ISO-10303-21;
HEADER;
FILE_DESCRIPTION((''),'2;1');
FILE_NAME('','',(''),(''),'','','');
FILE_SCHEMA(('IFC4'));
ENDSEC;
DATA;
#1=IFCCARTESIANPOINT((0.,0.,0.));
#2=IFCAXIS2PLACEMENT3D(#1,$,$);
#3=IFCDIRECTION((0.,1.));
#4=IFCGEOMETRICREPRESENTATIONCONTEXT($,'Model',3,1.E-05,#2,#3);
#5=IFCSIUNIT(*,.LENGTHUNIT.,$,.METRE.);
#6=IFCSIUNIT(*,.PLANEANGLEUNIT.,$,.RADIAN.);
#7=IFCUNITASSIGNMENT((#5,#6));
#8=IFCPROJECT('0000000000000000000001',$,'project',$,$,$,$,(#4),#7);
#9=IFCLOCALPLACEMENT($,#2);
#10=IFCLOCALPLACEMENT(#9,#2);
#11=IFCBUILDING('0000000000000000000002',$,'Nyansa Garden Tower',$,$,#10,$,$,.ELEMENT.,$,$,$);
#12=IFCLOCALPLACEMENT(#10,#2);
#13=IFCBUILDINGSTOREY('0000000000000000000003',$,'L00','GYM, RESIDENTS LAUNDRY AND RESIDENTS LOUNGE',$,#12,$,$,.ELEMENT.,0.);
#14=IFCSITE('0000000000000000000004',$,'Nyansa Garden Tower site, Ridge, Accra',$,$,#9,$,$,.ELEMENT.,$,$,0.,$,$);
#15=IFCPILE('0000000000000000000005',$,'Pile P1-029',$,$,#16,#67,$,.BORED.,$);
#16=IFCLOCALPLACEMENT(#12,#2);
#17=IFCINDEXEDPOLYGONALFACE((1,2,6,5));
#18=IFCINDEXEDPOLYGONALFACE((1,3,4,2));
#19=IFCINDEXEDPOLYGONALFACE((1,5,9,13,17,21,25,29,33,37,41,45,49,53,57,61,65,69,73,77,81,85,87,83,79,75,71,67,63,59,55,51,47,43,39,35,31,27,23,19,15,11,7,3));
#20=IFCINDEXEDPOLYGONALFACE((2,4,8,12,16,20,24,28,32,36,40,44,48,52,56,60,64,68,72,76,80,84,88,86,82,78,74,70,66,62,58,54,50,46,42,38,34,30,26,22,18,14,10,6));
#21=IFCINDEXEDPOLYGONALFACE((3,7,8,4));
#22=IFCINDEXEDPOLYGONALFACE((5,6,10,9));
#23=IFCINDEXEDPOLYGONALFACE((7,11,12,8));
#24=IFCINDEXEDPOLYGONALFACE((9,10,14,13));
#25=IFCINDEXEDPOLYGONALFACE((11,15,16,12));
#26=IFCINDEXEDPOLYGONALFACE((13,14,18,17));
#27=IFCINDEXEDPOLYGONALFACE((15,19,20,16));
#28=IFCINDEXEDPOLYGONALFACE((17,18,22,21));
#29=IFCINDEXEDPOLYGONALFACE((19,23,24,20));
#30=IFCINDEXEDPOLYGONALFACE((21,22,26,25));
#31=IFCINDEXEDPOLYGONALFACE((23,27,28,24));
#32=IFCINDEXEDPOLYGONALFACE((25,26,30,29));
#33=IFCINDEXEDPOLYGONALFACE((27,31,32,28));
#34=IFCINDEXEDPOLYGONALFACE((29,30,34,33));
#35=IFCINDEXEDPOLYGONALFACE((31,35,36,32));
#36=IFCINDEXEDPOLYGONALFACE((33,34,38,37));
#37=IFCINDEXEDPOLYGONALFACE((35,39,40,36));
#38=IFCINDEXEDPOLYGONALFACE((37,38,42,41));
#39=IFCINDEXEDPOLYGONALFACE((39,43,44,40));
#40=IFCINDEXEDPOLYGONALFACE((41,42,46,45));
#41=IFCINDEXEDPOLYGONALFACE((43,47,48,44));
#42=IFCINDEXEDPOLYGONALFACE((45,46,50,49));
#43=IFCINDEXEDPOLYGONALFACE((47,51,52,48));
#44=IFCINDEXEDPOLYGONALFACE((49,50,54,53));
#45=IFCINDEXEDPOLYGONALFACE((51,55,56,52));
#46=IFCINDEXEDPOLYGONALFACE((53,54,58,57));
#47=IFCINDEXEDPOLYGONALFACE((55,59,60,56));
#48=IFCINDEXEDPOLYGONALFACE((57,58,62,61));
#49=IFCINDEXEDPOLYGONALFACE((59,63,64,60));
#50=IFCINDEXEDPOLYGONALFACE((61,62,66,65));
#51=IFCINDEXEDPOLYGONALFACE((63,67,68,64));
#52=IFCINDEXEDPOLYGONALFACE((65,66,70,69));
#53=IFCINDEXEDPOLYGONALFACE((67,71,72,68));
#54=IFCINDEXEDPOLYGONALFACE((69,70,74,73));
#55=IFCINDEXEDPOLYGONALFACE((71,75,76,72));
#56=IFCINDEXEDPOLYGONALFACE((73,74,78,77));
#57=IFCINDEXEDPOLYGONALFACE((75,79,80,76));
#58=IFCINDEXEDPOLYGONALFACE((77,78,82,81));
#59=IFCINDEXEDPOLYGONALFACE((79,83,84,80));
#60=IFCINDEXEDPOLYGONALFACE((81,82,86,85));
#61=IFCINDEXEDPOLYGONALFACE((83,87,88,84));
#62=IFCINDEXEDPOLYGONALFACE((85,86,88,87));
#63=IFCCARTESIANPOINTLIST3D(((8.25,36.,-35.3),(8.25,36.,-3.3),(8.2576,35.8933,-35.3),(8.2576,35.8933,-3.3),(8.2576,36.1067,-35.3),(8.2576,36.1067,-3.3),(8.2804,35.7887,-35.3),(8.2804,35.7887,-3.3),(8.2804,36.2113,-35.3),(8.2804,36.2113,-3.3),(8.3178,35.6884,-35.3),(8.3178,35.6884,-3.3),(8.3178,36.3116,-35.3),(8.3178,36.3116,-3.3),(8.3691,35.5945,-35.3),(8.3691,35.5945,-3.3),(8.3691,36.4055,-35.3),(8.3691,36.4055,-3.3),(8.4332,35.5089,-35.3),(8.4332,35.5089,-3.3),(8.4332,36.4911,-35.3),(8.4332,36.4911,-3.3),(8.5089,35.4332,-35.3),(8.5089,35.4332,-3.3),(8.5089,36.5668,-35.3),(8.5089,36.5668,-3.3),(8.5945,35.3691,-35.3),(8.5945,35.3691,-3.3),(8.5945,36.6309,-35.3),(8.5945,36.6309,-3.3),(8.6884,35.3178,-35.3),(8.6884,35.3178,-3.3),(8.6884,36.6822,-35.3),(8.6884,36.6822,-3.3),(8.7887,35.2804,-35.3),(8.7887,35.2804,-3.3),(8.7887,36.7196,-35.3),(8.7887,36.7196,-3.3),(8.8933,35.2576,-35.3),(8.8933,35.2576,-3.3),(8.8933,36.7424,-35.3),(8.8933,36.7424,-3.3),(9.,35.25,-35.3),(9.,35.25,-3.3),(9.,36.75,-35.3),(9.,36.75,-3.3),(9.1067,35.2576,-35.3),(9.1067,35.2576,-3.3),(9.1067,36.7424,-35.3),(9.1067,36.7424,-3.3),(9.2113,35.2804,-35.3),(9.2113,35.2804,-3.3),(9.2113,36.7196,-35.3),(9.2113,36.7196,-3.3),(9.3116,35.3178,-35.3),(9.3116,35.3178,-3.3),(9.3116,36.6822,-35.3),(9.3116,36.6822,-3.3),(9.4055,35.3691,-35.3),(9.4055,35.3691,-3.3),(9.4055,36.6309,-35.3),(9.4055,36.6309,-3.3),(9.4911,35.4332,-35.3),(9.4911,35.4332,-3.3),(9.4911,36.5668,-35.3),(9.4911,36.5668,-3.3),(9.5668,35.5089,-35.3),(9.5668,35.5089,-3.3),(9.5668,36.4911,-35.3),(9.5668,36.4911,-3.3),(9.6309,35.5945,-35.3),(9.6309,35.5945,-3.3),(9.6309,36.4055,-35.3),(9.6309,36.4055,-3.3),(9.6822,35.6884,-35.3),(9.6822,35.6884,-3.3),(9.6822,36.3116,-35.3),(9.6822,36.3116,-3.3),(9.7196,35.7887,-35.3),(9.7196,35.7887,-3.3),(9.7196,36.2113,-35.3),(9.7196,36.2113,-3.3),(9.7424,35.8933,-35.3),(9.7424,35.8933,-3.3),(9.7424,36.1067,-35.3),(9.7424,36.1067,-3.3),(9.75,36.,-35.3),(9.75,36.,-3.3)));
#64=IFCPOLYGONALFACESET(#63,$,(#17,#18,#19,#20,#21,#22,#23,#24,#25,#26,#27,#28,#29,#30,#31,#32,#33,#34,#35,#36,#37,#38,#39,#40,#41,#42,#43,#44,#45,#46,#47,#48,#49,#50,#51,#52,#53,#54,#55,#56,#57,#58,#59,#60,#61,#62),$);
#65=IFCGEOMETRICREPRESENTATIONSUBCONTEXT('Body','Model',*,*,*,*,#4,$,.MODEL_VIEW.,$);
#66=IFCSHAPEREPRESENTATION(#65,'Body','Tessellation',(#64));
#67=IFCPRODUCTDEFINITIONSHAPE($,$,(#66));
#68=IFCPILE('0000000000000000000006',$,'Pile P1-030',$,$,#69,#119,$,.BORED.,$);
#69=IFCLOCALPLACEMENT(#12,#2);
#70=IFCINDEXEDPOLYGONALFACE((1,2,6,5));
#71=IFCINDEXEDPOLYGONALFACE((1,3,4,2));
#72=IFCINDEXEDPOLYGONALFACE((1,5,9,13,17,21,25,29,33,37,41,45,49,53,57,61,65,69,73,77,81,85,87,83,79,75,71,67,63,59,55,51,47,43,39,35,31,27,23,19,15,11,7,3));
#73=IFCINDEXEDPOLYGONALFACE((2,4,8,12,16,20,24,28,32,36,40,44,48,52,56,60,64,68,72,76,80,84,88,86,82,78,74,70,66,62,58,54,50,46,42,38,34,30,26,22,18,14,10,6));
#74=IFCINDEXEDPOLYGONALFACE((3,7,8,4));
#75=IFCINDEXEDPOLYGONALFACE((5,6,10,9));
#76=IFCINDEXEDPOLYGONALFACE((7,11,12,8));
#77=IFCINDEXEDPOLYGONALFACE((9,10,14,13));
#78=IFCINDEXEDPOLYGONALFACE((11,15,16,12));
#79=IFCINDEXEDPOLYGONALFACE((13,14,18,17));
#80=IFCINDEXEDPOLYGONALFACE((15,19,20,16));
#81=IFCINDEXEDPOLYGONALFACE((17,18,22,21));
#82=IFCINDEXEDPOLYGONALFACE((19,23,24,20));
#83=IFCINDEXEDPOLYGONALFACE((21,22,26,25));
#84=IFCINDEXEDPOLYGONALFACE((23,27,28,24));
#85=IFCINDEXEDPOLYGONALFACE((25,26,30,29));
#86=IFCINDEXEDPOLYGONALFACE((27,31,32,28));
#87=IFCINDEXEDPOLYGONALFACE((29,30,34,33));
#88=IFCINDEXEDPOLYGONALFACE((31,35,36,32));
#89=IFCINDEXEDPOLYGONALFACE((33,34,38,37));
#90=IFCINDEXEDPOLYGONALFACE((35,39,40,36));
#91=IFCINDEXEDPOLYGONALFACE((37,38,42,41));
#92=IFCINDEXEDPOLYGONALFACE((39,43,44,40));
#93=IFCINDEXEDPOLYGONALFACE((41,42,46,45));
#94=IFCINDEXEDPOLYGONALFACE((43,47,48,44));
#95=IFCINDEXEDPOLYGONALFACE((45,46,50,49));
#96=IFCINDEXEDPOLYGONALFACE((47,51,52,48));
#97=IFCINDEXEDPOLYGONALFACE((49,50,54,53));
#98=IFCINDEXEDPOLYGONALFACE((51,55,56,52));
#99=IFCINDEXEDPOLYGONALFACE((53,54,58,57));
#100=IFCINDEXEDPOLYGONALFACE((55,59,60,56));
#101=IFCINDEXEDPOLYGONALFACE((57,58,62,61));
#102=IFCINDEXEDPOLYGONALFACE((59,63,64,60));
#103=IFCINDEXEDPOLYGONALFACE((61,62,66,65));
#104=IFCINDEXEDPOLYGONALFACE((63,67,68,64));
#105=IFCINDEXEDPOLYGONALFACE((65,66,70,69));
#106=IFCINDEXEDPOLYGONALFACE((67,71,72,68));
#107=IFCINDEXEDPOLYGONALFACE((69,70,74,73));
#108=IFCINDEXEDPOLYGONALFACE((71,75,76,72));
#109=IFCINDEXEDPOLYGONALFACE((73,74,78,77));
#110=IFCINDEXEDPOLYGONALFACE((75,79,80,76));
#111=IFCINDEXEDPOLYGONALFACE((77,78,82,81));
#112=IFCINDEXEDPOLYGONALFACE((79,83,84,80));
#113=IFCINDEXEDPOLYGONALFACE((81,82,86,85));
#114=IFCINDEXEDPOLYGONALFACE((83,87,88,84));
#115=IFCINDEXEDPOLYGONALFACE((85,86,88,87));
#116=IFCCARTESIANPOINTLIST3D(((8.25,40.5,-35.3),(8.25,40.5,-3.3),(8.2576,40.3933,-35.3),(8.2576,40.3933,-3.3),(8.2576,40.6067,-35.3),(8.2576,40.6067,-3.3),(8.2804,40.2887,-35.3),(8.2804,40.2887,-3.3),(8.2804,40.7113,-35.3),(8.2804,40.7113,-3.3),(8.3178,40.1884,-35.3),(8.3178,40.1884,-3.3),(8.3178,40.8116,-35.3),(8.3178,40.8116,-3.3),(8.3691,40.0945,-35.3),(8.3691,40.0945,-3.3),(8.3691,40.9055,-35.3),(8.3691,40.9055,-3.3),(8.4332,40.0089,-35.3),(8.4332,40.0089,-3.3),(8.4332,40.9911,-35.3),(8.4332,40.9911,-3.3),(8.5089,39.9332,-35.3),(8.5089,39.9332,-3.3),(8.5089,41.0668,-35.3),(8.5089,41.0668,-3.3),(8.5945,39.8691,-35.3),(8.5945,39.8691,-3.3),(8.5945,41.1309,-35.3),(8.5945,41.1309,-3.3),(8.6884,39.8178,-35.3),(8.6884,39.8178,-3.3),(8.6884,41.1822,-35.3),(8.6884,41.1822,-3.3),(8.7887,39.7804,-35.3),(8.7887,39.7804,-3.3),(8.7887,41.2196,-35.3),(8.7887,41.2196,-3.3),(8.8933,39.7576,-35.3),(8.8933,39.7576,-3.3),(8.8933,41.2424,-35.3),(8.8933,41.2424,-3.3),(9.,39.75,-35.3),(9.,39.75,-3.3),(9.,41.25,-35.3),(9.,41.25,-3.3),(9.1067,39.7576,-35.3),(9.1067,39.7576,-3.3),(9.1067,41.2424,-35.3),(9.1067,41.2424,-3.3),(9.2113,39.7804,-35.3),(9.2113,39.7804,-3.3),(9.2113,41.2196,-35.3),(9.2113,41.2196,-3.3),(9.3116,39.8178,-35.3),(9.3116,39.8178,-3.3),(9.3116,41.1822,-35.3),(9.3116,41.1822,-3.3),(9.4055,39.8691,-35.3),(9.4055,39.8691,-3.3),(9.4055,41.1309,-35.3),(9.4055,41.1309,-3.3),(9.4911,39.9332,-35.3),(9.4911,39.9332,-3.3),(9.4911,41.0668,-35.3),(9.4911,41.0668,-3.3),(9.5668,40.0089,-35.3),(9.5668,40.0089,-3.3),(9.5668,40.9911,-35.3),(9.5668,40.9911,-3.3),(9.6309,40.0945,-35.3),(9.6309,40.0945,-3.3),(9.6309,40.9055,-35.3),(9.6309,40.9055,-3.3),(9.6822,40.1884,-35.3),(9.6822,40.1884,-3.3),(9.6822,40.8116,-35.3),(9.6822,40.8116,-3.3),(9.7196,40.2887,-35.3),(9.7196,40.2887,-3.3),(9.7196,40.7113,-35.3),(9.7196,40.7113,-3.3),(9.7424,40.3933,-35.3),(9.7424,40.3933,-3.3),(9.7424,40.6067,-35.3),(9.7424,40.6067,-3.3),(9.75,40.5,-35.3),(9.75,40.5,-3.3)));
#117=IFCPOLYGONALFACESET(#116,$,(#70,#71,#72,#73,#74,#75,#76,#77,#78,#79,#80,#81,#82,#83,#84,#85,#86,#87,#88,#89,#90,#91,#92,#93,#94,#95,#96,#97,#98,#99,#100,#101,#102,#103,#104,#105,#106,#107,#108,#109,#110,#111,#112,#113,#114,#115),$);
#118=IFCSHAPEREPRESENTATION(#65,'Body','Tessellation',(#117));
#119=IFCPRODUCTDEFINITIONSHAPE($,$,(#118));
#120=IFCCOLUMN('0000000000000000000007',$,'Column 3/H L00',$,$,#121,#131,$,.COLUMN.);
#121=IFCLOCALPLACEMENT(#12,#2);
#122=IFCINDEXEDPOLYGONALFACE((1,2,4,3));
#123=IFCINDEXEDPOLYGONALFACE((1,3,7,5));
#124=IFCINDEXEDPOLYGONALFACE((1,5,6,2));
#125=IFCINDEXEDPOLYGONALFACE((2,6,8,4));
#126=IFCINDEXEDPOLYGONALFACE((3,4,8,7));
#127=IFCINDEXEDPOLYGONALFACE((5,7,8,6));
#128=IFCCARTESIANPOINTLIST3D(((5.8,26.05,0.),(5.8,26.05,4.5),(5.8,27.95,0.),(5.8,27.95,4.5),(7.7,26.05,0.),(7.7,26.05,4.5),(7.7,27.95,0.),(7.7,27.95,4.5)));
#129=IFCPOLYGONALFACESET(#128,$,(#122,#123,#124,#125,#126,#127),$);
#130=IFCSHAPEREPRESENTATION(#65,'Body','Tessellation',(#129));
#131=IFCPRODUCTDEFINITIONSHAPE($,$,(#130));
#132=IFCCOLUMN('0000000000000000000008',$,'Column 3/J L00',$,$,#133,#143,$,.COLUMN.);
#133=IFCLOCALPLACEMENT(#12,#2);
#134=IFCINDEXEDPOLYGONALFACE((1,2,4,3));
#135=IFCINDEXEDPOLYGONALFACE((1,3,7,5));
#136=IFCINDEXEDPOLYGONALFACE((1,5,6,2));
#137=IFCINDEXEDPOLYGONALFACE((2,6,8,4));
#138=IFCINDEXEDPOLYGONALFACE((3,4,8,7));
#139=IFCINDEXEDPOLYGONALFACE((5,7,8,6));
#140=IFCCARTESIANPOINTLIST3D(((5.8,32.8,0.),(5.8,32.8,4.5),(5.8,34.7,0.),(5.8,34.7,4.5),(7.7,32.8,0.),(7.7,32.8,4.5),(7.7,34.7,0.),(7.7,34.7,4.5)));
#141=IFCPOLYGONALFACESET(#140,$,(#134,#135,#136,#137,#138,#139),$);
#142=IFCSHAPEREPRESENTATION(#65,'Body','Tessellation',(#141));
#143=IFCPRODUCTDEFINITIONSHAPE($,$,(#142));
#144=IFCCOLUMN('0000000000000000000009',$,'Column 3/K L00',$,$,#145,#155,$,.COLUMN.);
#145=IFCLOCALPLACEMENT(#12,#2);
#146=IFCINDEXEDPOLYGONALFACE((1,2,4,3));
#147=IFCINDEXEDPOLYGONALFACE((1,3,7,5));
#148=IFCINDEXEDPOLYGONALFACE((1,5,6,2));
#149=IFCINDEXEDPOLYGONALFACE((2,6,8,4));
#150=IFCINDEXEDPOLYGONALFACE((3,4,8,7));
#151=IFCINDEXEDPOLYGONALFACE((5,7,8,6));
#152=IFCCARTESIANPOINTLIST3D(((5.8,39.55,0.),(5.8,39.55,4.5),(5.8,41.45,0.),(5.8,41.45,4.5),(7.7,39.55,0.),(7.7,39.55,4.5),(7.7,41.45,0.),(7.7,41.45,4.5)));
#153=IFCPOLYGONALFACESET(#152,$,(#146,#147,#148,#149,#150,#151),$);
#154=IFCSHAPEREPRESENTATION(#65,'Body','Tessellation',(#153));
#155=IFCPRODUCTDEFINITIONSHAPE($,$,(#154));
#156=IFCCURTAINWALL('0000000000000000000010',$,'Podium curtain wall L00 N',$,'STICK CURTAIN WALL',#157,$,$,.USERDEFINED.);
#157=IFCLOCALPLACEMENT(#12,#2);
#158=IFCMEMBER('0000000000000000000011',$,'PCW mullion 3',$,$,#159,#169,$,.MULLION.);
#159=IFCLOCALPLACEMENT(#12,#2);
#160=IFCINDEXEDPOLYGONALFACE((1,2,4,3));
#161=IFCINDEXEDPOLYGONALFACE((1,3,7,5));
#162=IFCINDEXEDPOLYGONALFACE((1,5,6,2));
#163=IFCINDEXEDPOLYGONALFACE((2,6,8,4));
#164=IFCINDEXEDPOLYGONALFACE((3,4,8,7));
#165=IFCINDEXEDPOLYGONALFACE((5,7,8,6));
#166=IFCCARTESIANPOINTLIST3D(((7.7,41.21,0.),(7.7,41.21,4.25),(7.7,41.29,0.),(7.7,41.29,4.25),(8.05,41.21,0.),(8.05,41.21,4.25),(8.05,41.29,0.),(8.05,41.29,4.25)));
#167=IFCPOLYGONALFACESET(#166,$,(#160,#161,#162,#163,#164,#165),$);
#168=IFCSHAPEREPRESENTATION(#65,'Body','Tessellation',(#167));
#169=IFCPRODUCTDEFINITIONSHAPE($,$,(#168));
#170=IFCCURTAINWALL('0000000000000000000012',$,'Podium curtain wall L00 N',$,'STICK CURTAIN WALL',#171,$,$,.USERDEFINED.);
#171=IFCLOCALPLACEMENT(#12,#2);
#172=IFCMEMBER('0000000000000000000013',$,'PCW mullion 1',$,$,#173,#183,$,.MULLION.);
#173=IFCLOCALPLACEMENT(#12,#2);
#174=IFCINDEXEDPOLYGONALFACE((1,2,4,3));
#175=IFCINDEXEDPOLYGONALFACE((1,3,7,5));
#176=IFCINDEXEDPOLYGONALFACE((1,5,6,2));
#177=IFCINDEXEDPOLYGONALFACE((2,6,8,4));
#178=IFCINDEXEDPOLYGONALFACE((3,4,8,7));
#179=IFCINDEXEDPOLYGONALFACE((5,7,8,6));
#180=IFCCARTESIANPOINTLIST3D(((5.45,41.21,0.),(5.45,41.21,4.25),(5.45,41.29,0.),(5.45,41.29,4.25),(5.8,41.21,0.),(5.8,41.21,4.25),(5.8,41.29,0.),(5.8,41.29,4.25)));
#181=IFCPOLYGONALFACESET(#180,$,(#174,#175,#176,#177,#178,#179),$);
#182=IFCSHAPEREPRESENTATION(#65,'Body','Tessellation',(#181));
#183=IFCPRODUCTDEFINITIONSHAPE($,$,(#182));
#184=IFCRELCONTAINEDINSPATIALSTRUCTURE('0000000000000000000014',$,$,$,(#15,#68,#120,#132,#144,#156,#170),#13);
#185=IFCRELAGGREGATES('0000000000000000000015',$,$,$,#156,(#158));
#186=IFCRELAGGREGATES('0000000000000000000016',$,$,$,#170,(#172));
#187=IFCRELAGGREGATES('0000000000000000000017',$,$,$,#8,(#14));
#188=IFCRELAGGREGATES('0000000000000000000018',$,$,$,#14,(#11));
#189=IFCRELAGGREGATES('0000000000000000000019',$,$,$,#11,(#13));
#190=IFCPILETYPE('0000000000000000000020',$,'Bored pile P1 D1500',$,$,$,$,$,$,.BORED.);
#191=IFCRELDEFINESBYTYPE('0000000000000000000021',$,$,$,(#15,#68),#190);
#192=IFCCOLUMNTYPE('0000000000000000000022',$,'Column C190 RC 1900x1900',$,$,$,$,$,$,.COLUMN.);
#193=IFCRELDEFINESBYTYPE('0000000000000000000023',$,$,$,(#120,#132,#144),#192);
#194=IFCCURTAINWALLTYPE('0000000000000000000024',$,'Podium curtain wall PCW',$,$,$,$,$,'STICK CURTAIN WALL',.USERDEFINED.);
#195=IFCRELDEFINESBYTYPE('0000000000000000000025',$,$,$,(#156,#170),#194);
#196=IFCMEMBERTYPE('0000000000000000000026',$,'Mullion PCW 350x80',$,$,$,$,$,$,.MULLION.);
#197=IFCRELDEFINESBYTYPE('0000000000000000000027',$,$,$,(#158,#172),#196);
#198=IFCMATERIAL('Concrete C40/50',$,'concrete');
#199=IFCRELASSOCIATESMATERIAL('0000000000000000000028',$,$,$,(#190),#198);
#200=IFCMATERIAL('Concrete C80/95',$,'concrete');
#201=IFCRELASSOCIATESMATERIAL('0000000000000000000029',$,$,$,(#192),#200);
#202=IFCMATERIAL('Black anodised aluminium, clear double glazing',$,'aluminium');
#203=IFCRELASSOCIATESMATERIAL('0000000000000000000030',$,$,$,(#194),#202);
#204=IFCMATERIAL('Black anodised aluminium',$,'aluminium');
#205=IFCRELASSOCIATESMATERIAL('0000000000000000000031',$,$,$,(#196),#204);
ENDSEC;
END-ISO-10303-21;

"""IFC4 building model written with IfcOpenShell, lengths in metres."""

from ifc_helpers import new_model, si_unit, direction, frame, origin, origin_2d, place, context, subcontext, project, spatial, rectangle, circle, extrude, material, material_profile, profile_set, type_object, element, aggregate, save


model = new_model("IFC4")

# Units and contexts
model_context = context("Model", 3, precision=1e-05, world=origin(), true_north=direction((0.0, 1.0)))
body_context = subcontext(model_context, "Body", "Model", "MODEL_VIEW")
ifc_project = project(units=[si_unit("LENGTHUNIT", "METRE"), si_unit("PLANEANGLEUNIT", "RADIAN")], contexts=[model_context])

# Site, building, storey
site_placement = place(None, origin())
site = spatial("IfcSite", under=ifc_project, at=site_placement, Name="Nyansa Garden Tower site, Ridge, Accra", CompositionType="ELEMENT", RefElevation=0.0)
building_placement = place(site_placement, origin())
building = spatial("IfcBuilding", under=site, at=building_placement, Name="Nyansa Garden Tower", CompositionType="ELEMENT")
storey_placement = place(building_placement, origin())
storey = spatial("IfcBuildingStorey", under=building, at=storey_placement, Name="L00", Description="GYM, RESIDENTS LAUNDRY AND RESIDENTS LOUNGE", CompositionType="ELEMENT", Elevation=0.0)

# Piles
ifc_material_1 = material(Name="Concrete C40/50", Category="concrete")
pile_type = type_object("IfcPileType", Name="Bored pile P1 D1500", PredefinedType="BORED", material=ifc_material_1)
for number, where, z_axis, x_axis, name in (
    (1, (9.0, 36.0, -3.3), (0.0, 0.0, -1.0), (1.0, 0.0, 0.0), "Pile P1-029"),
    (2, (9.0, 40.5, -3.3), (0.0, 0.0, -1.0), (1.0, 0.0, 0.0), "Pile P1-030"),
):
    element("IfcPile", number, at=place(storey_placement, frame(where, z_axis=z_axis, x_axis=x_axis)), inside=storey, type_object=pile_type, Name=name, PredefinedType="BORED", context=body_context, shape_type="SweptSolid", body=[
        extrude(circle(Radius=0.75, at=origin_2d()), origin(), (0.0, 0.0, 1.0), 32.0),
    ])

# Columns
ifc_material_2 = material(Name="Concrete C80/95", Category="concrete")
ifc_material_profile_1 = material_profile(ifc_material_2, rectangle(XDim=1.8999, YDim=1.8999, at=origin_2d()), Name="RC 1900x1900")
ifc_profile_set_1 = profile_set([ifc_material_profile_1], Name="Concrete C80/95")
column_type = type_object("IfcColumnType", Name="Column C190 RC 1900x1900", PredefinedType="COLUMN", material=ifc_profile_set_1)
for number, where, z_axis, x_axis, name in (
    (3, (6.75, 27.0, 0.0), (0.0, 0.0, 1.0), (1.0, 0.0, 0.0), "Column 3/H L00"),
    (4, (6.75, 33.75, 0.0), (0.0, 0.0, 1.0), (1.0, 0.0, 0.0), "Column 3/J L00"),
    (5, (6.75, 40.5, 0.0), (0.0, 0.0, 1.0), (1.0, 0.0, 0.0), "Column 3/K L00"),
):
    element("IfcColumn", number, at=place(storey_placement, frame(where, z_axis=z_axis, x_axis=x_axis)), inside=storey, type_object=column_type, Name=name, PredefinedType="COLUMN", context=body_context, shape_type="SweptSolid", body=[
        extrude(rectangle(XDim=1.8999, YDim=1.8999, at=origin_2d()), origin(), (0.0, 0.0, 1.0), 4.5),
    ])

# Curtain walls, members
ifc_material_3 = material(Name="Black anodised aluminium, clear double glazing", Category="aluminium")
curtain_wall_type = type_object("IfcCurtainWallType", Name="Podium curtain wall PCW", ElementType="STICK CURTAIN WALL", PredefinedType="USERDEFINED", material=ifc_material_3)
curtain_wall_1_placement = place(storey_placement, origin())
curtain_wall_1 = element("IfcCurtainWall", 6, at=curtain_wall_1_placement, inside=storey, type_object=curtain_wall_type, Name="Podium curtain wall L00 N", ObjectType="STICK CURTAIN WALL", PredefinedType="USERDEFINED")
ifc_material_4 = material(Name="Black anodised aluminium", Category="aluminium")
ifc_material_profile_2 = material_profile(ifc_material_4, rectangle(XDim=0.0801, YDim=0.3501, at=origin_2d()), Name="Mullion 350x80")
ifc_profile_set_2 = profile_set([ifc_material_profile_2], Name="Black anodised aluminium")
member_type_1 = type_object("IfcMemberType", Name="Mullion PCW 350x80", PredefinedType="MULLION", material=ifc_profile_set_2)
member_1_placement = place(storey_placement, frame((7.875, 41.25, 0.0), z_axis=(0.0, 0.0, 1.0), x_axis=(0.0, -1.0, 0.0)))
member_1 = element("IfcMember", 7, at=member_1_placement, type_object=member_type_1, Name="PCW mullion 3", PredefinedType="MULLION", context=body_context, shape_type="SweptSolid", body=[
    extrude(rectangle(XDim=0.0801, YDim=0.3501, at=origin_2d()), origin(), (0.0, 0.0, 1.0), 4.25),
])
curtain_wall_2_placement = place(storey_placement, origin())
curtain_wall_2 = element("IfcCurtainWall", 8, at=curtain_wall_2_placement, inside=storey, type_object=curtain_wall_type, Name="Podium curtain wall L00 N", ObjectType="STICK CURTAIN WALL", PredefinedType="USERDEFINED")
member_2_placement = place(storey_placement, frame((5.625, 41.25, 0.0), z_axis=(0.0, 0.0, 1.0), x_axis=(0.0, -1.0, 0.0)))
member_2 = element("IfcMember", 9, at=member_2_placement, type_object=member_type_1, Name="PCW mullion 1", PredefinedType="MULLION", context=body_context, shape_type="SweptSolid", body=[
    extrude(rectangle(XDim=0.0801, YDim=0.3501, at=origin_2d()), origin(), (0.0, 0.0, 1.0), 4.25),
])

aggregate(curtain_wall_1, [member_1])
aggregate(curtain_wall_2, [member_2])

save(model, "model.ifc")
